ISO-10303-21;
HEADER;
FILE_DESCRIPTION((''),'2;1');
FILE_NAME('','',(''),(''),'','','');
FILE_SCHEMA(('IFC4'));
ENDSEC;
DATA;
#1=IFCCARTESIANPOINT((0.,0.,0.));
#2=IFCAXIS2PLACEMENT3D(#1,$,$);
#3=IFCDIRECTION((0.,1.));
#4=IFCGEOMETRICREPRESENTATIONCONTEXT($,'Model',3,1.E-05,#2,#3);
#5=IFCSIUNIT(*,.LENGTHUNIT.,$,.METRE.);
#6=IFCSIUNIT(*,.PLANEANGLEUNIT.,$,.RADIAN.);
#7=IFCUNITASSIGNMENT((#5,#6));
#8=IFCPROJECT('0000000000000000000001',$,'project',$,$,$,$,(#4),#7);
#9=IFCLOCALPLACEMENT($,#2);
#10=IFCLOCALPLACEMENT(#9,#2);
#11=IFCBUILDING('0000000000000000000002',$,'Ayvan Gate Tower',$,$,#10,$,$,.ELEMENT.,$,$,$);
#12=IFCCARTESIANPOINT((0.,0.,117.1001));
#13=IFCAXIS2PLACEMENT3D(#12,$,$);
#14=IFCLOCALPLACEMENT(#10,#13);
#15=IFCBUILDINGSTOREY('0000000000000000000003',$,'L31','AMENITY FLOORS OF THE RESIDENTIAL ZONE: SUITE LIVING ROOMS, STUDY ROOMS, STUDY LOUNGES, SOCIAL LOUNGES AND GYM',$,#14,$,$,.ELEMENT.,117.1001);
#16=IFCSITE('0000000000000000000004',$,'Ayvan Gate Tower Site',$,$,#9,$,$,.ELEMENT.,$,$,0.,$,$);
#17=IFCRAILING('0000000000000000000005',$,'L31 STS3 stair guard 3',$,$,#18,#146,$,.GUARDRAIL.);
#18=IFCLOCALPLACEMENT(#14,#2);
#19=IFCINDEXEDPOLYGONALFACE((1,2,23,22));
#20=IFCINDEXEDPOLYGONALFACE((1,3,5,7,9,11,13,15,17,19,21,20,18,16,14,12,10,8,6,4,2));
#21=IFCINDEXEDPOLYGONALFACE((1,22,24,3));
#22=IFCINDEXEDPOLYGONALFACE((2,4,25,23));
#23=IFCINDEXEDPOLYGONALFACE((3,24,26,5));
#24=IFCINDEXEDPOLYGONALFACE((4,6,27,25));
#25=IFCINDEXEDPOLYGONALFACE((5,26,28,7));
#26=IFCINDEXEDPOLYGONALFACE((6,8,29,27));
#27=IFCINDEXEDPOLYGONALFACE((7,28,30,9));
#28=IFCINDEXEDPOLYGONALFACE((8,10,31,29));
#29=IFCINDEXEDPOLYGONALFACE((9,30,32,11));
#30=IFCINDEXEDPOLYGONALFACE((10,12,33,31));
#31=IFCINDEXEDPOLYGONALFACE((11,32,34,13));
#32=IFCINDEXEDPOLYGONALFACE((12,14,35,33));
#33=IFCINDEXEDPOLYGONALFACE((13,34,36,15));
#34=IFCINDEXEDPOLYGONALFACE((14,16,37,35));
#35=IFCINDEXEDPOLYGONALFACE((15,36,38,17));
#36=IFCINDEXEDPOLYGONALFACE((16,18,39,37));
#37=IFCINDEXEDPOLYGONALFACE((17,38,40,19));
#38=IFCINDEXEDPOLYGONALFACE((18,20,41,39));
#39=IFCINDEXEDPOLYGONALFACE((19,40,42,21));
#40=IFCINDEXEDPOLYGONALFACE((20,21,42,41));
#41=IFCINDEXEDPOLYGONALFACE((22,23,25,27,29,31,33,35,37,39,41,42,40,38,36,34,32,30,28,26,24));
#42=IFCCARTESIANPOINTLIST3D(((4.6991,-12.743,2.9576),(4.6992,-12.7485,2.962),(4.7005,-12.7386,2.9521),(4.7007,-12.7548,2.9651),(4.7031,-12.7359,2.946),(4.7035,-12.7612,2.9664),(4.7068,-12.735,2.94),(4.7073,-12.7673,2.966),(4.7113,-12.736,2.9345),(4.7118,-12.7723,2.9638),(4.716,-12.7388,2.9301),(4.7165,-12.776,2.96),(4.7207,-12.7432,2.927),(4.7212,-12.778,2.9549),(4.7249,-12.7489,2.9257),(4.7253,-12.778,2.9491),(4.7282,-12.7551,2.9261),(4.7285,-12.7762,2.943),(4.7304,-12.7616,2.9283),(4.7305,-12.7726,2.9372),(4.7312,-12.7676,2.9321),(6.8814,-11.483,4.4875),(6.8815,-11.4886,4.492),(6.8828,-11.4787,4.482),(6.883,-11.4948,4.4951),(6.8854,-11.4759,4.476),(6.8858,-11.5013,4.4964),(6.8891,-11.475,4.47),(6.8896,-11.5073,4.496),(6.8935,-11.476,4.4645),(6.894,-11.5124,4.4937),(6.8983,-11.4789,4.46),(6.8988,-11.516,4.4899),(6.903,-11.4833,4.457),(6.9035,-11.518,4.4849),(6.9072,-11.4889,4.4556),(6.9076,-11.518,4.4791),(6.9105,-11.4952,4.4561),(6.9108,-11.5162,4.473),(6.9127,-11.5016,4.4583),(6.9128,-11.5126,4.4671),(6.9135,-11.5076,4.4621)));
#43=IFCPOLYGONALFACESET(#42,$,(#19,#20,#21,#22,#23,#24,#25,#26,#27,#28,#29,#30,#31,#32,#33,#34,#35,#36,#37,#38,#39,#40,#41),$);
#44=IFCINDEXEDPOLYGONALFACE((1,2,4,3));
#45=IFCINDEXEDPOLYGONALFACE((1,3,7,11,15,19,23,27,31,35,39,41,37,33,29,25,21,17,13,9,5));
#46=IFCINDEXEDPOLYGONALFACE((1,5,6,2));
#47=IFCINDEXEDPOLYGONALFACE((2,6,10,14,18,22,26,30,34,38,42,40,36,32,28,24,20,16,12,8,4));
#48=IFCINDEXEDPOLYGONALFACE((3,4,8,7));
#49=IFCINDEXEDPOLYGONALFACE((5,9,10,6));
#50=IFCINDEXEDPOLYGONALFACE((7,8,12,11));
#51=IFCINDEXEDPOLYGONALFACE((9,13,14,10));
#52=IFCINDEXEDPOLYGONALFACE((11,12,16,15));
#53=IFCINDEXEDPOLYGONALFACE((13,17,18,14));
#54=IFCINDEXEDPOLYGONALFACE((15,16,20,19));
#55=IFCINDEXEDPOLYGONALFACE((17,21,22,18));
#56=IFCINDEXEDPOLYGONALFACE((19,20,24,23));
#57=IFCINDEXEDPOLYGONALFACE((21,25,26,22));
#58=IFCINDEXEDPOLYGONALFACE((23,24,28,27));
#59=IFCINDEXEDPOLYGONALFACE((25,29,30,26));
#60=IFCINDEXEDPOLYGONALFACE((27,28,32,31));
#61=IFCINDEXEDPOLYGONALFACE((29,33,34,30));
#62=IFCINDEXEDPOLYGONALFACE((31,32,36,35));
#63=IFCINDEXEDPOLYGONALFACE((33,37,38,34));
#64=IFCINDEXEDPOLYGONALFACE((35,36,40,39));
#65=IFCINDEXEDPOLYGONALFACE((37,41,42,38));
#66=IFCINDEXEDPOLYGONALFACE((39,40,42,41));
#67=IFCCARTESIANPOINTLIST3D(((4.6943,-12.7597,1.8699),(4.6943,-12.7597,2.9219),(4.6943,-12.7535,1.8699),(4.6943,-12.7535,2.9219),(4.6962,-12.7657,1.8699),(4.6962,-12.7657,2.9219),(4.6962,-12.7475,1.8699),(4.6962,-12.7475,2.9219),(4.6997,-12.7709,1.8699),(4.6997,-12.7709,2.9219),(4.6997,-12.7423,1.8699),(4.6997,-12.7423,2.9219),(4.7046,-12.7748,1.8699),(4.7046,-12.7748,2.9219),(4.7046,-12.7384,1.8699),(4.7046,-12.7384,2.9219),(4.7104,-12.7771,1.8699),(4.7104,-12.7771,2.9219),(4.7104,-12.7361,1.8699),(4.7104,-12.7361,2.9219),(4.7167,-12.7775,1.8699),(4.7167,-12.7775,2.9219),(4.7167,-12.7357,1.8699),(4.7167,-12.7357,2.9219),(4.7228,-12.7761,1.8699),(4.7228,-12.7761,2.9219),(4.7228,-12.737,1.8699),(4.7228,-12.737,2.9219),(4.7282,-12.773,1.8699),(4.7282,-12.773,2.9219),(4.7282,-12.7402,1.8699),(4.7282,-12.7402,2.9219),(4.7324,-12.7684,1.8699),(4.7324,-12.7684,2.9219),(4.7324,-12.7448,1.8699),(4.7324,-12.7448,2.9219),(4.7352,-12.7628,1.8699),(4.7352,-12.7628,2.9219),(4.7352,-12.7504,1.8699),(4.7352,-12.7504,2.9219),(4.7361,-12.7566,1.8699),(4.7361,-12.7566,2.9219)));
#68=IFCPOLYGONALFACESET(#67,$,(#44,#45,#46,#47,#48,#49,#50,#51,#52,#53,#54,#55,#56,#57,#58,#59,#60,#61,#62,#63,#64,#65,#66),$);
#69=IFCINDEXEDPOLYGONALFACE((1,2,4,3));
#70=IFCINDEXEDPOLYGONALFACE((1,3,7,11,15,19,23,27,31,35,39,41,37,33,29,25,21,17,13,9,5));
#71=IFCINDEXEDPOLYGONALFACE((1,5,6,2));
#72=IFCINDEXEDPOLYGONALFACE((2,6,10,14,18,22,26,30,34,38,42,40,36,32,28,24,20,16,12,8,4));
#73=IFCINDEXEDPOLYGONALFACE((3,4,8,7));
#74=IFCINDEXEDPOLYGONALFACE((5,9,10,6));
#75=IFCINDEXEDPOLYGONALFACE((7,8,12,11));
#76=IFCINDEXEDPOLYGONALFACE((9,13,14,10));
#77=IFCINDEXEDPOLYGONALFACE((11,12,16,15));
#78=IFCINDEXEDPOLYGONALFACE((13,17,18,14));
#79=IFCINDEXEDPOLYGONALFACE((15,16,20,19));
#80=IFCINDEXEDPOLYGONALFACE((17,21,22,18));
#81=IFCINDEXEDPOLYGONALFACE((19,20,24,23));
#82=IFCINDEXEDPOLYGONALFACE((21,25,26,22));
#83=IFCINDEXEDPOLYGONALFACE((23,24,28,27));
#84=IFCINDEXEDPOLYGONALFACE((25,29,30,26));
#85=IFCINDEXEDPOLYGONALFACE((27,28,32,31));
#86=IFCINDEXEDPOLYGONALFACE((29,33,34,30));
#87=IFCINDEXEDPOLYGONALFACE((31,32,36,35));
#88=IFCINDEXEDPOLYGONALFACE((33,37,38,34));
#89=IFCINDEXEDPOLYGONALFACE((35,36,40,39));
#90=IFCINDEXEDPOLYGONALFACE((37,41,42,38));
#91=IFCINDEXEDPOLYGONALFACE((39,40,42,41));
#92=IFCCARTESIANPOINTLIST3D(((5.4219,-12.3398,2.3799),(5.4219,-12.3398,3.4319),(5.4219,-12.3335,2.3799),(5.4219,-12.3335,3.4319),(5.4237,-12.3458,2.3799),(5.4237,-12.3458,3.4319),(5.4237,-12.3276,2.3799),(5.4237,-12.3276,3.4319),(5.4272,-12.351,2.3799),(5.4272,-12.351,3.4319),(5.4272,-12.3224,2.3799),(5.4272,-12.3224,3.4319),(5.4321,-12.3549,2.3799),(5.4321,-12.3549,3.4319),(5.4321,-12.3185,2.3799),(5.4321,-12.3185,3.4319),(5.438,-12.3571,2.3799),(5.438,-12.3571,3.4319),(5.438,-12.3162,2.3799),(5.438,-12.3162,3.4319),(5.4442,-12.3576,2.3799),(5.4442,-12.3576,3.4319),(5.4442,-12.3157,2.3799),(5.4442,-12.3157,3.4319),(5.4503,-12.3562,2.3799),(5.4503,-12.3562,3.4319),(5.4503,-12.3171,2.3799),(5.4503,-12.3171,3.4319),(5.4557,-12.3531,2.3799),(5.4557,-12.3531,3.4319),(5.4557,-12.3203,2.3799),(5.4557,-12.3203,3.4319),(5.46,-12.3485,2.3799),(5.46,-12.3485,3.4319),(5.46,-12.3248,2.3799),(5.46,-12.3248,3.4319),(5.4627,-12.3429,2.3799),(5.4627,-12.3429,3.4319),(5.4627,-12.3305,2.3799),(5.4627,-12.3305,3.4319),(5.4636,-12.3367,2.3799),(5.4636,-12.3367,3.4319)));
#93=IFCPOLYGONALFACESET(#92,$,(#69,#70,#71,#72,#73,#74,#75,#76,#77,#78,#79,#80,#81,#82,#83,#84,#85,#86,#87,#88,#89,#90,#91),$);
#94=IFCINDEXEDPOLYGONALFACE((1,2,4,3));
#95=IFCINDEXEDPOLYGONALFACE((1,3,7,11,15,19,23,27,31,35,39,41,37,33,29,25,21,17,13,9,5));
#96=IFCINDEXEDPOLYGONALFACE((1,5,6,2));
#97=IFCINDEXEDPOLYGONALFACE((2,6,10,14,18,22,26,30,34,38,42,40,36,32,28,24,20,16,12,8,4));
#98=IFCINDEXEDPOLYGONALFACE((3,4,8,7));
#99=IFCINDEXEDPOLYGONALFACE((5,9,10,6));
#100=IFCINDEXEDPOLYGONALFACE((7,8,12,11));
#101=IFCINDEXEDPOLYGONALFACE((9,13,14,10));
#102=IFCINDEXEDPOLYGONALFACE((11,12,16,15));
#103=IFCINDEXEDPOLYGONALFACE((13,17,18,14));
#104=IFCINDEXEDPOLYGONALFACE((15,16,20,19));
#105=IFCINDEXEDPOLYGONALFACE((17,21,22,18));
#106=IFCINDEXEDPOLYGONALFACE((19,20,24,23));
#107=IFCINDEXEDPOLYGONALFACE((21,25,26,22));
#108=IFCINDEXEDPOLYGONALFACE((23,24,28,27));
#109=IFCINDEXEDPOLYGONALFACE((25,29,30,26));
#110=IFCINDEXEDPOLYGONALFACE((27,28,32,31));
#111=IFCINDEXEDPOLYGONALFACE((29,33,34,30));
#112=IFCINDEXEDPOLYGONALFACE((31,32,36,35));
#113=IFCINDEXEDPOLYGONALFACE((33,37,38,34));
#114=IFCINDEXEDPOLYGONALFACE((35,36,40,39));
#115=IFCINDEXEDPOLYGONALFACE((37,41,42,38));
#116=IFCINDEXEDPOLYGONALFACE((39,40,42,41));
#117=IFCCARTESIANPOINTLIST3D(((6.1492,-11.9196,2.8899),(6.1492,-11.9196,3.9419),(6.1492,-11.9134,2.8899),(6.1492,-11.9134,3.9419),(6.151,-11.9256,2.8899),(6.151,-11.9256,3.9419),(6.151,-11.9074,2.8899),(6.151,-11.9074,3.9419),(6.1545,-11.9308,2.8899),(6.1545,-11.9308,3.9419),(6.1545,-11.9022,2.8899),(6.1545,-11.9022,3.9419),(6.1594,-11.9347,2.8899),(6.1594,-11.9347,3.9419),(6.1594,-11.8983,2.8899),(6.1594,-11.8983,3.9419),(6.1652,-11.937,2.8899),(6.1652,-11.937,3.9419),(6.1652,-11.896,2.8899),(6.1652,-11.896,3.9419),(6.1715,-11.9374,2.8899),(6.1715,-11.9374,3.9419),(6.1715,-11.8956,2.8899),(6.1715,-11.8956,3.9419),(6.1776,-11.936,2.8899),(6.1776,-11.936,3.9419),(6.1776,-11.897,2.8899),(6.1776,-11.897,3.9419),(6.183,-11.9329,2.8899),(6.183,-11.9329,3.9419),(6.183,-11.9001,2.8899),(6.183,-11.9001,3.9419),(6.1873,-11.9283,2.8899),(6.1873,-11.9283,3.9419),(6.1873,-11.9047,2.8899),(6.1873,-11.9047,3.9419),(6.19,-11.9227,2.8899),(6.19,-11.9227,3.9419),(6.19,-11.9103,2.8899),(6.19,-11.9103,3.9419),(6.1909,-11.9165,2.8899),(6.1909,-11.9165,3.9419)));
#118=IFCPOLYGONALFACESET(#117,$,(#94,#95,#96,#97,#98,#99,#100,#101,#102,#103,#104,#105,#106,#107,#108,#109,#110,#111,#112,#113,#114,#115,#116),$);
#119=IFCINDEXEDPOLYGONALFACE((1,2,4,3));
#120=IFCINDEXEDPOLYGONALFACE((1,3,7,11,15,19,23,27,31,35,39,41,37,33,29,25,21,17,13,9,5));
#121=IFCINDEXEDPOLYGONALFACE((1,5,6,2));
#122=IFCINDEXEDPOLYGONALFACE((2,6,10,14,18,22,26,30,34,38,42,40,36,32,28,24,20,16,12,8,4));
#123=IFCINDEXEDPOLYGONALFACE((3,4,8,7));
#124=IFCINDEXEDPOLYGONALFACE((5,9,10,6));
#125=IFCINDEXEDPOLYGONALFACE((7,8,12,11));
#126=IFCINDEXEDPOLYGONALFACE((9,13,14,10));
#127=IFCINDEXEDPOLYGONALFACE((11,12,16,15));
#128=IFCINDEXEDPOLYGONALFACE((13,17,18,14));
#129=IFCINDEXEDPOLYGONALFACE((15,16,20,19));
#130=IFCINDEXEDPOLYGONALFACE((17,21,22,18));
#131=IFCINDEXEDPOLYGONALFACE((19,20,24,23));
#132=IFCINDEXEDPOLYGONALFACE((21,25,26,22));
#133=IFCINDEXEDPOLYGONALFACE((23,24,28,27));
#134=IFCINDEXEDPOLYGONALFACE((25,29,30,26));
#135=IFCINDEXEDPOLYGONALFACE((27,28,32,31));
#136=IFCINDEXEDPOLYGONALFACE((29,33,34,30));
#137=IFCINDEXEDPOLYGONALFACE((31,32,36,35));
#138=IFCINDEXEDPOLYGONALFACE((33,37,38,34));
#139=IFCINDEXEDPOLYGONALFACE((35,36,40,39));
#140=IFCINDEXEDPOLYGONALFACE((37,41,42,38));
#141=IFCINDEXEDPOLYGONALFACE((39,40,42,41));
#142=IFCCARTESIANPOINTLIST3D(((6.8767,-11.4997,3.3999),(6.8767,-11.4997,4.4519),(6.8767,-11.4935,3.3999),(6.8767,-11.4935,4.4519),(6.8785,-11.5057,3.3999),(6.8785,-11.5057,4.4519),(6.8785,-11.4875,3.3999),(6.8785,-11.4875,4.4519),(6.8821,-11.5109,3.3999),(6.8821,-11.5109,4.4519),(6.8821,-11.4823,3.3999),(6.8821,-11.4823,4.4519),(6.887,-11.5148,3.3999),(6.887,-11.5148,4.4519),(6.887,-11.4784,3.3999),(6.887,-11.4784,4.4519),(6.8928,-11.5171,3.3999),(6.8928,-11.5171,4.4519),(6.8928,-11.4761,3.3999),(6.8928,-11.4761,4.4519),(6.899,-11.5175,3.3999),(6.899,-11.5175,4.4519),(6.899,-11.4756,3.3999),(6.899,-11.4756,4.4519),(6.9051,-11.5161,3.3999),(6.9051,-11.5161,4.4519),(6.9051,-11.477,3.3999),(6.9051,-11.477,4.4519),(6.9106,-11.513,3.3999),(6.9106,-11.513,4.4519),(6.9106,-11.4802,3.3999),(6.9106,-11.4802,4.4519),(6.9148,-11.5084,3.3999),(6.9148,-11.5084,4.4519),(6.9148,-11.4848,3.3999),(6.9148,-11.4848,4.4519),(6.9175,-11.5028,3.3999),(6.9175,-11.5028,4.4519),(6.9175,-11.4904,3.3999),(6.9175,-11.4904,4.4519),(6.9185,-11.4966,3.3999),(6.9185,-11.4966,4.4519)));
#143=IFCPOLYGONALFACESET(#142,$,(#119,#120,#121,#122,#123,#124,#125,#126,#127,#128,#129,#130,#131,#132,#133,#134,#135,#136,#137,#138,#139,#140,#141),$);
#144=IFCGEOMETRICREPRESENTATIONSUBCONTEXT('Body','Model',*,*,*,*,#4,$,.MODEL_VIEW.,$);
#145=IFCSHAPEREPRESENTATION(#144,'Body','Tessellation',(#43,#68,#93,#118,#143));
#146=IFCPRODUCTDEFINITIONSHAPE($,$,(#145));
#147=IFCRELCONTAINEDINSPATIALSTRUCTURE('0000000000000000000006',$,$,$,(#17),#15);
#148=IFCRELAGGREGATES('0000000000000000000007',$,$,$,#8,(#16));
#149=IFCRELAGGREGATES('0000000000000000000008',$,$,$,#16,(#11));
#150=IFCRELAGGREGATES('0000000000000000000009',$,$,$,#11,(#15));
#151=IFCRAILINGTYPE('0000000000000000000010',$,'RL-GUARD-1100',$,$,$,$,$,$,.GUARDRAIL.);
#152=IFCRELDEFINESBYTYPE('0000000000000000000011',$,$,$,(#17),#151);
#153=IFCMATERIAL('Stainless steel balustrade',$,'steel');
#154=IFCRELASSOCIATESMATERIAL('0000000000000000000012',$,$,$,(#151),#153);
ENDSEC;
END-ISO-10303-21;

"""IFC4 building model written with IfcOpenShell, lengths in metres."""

from ifc_helpers import new_model, si_unit, direction, frame, origin, origin_2d, place, context, subcontext, project, spatial, circle, extrude, material, type_object, element, save


model = new_model("IFC4")

# Units and contexts
model_context = context("Model", 3, precision=1e-05, world=origin(), true_north=direction((0.0, 1.0)))
body_context = subcontext(model_context, "Body", "Model", "MODEL_VIEW")
ifc_project = project(units=[si_unit("LENGTHUNIT", "METRE"), si_unit("PLANEANGLEUNIT", "RADIAN")], contexts=[model_context])

# Site, building, storey
site_placement = place(None, origin())
site = spatial("IfcSite", under=ifc_project, at=site_placement, Name="Ayvan Gate Tower Site", CompositionType="ELEMENT", RefElevation=0.0)
building_placement = place(site_placement, origin())
building = spatial("IfcBuilding", under=site, at=building_placement, Name="Ayvan Gate Tower", CompositionType="ELEMENT")
storey_placement = place(building_placement, frame((0.0, 0.0, 117.1001)))
storey = spatial("IfcBuildingStorey", under=building, at=storey_placement, Name="L31", Description="AMENITY FLOORS OF THE RESIDENTIAL ZONE: SUITE LIVING ROOMS, STUDY ROOMS, STUDY LOUNGES, SOCIAL LOUNGES AND GYM", CompositionType="ELEMENT", Elevation=117.1001)

# Railing
ifc_material_1 = material(Name="Stainless steel balustrade", Category="steel")
railing_type_1 = type_object("IfcRailingType", Name="RL-GUARD-1100", PredefinedType="GUARDRAIL", material=ifc_material_1)
railing_1_placement = place(storey_placement, frame((4.7151, -12.7566, 1.8699)))
element("IfcRailing", 1, at=railing_1_placement, inside=storey, type_object=railing_type_1, Name="L31 STS3 stair guard 3", PredefinedType="GUARDRAIL", context=body_context, shape_type="SweptSolid", body=[
    extrude(circle(Radius=0.0239, at=origin_2d()), frame((0.0, 0.0, 1.0762), z_axis=(0.740261, 0.427395, 0.518986), x_axis=(-0.500005, 0.866023, 0.0)), (0.0, 0.0, 1.0), 2.948),
    extrude(circle(Radius=0.021, at=origin_2d()), origin(), (0.0, 0.0, 1.0), 1.052),
    extrude(circle(Radius=0.021, at=origin_2d()), frame((0.7275, 0.4199, 0.51)), (0.0, 0.0, 1.0), 1.052),
    extrude(circle(Radius=0.021, at=origin_2d()), frame((1.4548, 0.8401, 1.02)), (0.0, 0.0, 1.0), 1.052),
    extrude(circle(Radius=0.021, at=origin_2d()), frame((2.1824, 1.26, 1.53)), (0.0, 0.0, 1.0), 1.052),
])

save(model, "model.ifc")
